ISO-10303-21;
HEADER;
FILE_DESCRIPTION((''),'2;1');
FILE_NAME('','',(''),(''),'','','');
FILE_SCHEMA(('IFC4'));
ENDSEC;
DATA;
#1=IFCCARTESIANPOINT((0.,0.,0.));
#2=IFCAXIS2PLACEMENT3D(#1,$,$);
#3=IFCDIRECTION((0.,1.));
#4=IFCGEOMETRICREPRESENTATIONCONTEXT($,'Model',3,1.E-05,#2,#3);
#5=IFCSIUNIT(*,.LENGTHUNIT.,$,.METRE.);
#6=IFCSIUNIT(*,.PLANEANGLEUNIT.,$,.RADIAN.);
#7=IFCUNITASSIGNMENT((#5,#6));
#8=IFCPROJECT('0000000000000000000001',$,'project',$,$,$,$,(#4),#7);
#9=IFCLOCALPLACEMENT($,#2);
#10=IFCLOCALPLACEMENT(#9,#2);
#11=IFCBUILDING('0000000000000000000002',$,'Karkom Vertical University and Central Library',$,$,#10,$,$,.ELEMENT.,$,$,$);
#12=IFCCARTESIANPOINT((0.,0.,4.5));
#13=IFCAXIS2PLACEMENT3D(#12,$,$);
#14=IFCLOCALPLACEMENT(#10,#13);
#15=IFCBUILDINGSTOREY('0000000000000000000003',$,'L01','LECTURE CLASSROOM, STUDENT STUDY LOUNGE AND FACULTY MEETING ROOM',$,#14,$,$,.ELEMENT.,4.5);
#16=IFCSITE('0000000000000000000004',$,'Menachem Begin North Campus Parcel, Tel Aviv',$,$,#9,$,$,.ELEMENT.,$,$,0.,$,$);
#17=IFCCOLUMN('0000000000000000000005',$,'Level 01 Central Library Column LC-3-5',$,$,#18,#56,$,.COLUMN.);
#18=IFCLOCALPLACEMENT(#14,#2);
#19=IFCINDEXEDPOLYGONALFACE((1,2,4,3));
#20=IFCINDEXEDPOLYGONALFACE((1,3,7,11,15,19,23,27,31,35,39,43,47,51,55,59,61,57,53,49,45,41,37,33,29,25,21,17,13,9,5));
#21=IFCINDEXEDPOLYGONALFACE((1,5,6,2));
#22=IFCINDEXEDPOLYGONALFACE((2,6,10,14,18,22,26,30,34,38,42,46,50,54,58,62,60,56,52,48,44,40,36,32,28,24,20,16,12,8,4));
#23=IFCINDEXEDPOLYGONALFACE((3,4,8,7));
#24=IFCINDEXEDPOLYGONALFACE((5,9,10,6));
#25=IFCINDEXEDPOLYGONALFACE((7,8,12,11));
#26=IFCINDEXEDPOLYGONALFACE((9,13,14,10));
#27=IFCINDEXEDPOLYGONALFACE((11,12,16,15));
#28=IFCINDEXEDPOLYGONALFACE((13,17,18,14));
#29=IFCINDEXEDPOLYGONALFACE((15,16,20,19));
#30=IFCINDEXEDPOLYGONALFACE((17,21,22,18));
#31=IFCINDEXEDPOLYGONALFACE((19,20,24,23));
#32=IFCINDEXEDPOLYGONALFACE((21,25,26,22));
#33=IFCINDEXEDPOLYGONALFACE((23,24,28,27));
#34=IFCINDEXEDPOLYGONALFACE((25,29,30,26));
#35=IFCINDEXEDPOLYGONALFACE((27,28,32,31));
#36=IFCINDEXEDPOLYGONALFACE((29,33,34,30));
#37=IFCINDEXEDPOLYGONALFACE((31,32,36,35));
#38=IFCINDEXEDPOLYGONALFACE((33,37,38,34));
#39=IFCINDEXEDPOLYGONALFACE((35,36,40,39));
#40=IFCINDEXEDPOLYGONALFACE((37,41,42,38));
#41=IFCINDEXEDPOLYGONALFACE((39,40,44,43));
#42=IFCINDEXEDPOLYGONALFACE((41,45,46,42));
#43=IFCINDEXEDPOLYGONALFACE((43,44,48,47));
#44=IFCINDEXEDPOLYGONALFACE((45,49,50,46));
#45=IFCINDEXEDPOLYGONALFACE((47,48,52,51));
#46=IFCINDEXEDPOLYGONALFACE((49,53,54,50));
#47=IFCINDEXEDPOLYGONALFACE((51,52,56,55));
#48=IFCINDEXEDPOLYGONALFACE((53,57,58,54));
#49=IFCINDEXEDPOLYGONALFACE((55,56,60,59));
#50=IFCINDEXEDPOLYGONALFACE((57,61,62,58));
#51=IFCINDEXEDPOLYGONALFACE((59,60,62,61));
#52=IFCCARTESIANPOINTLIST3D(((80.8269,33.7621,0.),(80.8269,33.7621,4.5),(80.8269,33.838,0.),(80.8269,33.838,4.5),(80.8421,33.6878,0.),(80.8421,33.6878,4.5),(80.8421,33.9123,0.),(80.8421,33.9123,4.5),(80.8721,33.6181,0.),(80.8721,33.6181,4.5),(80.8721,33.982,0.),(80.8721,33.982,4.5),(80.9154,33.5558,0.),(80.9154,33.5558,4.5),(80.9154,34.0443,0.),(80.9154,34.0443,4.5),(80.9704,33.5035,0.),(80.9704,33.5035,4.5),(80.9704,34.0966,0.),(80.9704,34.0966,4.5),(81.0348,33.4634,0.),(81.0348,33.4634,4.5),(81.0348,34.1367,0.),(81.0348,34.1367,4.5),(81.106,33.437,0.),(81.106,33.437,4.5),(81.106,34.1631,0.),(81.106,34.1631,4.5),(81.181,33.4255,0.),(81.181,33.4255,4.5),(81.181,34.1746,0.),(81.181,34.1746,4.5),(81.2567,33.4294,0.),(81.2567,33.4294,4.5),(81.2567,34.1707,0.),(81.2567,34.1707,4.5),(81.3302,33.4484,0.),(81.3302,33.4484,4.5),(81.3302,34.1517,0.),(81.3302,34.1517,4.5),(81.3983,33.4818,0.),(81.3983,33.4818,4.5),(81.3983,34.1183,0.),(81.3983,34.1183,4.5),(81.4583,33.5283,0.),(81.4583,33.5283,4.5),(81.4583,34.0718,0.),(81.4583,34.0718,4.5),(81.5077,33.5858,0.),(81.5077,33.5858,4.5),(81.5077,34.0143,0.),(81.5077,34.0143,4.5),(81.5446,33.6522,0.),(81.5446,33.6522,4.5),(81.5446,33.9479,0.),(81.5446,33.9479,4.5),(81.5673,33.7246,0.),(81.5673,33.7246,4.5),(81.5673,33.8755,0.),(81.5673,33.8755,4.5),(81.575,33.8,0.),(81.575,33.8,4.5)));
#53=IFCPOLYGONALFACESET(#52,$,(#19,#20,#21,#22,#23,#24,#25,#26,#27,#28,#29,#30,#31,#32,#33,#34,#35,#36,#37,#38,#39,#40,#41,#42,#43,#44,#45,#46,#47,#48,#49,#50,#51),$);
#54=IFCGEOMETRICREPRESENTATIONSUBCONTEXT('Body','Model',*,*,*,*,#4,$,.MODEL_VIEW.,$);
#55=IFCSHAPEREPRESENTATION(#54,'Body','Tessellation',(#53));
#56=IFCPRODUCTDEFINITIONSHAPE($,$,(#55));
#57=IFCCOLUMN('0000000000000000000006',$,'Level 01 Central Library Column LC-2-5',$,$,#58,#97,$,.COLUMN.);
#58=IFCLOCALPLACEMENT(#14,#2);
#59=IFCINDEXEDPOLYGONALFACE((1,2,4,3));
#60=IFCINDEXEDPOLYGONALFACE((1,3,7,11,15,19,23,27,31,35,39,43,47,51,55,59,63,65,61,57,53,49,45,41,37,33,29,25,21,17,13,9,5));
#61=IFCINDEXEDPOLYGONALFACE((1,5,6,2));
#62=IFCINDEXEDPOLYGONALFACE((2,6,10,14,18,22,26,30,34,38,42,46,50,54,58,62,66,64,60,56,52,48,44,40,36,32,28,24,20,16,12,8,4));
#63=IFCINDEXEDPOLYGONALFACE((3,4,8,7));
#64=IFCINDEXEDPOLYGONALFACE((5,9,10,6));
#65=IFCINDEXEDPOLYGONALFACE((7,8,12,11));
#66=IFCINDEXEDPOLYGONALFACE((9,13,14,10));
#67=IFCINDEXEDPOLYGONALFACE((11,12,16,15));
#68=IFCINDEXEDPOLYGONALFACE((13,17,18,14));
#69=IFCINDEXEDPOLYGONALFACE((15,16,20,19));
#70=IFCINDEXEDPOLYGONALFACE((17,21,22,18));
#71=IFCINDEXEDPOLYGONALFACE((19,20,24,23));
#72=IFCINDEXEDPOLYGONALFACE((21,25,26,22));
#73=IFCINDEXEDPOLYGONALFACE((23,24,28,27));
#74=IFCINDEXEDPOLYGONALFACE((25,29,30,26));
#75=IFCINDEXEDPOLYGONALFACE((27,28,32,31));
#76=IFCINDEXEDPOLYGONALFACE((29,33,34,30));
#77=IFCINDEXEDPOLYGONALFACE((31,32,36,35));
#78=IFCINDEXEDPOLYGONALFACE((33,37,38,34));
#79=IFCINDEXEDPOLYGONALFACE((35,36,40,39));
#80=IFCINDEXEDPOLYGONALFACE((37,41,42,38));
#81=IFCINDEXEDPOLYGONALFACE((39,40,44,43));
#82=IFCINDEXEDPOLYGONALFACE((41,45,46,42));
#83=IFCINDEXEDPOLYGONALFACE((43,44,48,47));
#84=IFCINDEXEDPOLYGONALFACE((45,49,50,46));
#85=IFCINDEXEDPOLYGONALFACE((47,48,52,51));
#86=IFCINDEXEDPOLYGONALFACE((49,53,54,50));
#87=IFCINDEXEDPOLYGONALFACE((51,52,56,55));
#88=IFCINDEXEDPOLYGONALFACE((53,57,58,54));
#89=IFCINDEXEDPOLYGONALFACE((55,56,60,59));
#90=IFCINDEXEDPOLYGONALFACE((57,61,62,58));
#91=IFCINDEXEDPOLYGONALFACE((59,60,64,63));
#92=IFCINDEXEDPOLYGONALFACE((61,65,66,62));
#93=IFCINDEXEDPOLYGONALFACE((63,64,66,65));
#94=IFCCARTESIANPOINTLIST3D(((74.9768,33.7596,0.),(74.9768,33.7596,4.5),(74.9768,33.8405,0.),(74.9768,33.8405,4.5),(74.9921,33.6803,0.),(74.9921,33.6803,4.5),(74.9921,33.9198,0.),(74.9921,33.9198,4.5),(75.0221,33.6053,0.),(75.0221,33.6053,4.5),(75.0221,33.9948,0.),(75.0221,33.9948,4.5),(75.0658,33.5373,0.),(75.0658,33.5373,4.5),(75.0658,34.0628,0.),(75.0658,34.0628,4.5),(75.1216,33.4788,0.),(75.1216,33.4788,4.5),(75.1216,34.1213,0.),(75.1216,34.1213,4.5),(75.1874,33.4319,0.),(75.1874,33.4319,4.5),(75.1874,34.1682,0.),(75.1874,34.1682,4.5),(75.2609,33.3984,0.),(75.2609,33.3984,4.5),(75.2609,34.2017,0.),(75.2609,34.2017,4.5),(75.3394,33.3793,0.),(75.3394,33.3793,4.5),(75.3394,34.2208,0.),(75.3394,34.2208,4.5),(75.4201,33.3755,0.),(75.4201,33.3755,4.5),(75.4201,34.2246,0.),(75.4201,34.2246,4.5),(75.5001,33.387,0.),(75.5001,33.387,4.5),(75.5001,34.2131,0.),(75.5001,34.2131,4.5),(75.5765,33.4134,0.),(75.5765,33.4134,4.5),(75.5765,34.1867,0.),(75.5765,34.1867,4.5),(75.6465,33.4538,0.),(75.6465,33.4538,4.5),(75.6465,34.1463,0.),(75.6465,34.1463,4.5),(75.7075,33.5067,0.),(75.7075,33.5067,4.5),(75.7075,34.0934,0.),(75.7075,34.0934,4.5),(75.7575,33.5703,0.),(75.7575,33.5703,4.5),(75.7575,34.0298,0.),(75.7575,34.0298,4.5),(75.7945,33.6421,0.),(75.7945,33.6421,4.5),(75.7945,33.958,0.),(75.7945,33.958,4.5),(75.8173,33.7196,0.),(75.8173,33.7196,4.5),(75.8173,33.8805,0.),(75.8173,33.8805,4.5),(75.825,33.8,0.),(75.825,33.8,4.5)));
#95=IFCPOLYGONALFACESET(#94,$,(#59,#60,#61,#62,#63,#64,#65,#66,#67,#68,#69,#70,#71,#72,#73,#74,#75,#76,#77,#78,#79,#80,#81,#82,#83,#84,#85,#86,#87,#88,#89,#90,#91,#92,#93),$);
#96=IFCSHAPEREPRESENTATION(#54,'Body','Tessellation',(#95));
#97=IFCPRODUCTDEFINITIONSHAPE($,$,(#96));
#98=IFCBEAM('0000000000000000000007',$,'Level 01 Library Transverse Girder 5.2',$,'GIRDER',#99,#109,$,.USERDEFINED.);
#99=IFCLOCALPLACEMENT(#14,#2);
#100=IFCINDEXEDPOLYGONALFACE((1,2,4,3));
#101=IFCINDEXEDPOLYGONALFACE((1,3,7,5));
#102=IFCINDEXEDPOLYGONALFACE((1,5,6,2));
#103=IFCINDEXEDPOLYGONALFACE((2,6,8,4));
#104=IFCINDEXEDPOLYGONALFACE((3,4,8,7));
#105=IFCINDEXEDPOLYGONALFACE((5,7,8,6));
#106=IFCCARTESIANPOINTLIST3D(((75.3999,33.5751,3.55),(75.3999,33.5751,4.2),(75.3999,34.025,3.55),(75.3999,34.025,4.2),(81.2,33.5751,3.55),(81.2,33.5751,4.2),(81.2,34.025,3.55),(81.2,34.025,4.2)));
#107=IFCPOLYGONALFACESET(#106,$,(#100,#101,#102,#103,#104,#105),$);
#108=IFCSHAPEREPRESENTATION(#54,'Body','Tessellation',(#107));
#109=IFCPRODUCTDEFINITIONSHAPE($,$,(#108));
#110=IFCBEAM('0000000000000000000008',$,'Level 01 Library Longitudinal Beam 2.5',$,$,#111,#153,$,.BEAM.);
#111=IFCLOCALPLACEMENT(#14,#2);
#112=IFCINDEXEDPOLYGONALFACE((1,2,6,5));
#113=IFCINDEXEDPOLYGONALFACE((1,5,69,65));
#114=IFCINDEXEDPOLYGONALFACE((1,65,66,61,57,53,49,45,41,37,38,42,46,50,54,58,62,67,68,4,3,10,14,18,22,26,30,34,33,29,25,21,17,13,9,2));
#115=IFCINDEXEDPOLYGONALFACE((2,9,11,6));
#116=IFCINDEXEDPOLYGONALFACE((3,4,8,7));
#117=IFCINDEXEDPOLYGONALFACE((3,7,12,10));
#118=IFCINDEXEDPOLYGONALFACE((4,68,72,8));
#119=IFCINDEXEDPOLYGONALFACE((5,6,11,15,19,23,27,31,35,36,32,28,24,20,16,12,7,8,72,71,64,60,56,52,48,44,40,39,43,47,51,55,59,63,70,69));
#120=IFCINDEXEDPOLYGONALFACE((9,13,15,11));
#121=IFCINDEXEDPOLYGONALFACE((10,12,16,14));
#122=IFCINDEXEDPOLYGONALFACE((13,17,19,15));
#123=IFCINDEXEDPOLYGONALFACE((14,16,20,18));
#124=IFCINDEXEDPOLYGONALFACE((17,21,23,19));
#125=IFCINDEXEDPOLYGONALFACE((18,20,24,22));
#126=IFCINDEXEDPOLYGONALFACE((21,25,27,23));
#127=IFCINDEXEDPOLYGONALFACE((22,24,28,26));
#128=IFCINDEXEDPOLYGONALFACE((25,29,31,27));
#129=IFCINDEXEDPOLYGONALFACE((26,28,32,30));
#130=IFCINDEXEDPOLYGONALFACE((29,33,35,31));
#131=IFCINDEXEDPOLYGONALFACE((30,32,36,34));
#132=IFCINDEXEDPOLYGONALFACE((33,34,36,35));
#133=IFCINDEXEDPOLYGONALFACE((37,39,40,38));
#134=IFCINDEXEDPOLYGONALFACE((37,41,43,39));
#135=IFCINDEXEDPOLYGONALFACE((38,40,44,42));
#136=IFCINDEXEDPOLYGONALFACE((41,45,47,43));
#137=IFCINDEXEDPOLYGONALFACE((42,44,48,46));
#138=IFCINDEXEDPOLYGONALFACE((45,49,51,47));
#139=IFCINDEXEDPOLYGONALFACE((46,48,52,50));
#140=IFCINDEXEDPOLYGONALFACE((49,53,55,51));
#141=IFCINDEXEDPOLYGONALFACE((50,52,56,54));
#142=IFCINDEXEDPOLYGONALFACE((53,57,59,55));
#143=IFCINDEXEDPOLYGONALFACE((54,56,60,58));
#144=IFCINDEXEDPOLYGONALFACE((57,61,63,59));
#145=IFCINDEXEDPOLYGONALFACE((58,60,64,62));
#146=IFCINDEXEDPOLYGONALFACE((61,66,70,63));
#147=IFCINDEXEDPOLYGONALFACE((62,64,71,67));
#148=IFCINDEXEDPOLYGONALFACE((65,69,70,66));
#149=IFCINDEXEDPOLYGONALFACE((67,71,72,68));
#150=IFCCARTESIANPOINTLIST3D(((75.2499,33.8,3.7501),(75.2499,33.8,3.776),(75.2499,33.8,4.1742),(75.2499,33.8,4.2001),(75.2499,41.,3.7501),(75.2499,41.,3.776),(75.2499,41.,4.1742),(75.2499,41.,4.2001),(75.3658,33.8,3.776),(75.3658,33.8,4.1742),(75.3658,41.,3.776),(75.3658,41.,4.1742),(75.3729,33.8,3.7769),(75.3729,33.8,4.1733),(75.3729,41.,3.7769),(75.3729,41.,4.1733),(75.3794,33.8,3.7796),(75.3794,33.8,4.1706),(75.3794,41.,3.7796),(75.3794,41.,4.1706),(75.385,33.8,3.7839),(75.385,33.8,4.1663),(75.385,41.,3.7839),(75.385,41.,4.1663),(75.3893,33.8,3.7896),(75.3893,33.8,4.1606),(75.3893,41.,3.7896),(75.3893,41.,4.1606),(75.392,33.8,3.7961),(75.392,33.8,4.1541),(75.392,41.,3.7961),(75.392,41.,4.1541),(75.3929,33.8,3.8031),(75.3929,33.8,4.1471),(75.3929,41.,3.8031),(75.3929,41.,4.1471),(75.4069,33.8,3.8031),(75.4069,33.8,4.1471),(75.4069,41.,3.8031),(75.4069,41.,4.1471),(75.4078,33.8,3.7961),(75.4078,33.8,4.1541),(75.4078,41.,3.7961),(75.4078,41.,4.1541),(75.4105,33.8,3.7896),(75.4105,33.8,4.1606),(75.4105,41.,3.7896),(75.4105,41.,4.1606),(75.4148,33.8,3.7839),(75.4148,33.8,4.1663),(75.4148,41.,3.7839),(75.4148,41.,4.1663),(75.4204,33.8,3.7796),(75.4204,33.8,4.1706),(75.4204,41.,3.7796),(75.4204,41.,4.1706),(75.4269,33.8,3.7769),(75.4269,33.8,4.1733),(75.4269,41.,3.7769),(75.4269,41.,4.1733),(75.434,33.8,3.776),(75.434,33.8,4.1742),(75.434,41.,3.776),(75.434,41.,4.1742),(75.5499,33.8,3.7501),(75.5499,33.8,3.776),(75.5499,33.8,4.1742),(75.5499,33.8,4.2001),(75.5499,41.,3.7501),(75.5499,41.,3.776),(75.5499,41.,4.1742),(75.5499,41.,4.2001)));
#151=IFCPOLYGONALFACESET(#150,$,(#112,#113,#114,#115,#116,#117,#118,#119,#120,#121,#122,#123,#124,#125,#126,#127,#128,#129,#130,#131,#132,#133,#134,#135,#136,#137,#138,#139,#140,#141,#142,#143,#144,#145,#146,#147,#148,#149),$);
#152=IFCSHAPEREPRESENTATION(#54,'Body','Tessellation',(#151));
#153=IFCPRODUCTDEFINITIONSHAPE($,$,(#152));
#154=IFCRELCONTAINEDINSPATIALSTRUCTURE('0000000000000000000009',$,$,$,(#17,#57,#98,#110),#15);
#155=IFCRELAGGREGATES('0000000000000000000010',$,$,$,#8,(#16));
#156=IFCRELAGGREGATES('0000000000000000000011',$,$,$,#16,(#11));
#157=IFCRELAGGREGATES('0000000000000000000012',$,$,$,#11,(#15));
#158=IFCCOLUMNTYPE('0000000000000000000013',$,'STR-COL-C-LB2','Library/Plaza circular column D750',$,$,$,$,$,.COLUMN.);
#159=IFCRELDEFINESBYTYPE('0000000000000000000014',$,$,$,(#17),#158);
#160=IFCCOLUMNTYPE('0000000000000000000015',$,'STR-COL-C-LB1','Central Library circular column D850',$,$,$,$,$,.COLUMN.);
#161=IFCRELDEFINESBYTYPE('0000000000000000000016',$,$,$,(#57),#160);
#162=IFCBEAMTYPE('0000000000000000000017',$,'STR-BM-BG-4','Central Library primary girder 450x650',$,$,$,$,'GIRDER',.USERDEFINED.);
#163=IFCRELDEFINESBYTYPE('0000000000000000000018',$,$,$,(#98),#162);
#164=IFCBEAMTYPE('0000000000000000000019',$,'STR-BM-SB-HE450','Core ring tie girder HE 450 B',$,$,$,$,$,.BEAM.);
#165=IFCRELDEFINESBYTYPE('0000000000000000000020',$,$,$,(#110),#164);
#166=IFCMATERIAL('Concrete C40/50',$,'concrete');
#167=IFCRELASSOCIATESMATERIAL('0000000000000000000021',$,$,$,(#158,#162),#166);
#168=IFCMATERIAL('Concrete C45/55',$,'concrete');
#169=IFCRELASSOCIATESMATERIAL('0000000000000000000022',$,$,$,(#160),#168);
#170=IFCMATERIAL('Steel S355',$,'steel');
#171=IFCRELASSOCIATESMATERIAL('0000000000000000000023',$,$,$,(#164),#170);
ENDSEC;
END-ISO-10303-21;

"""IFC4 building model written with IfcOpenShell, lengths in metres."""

from ifc_helpers import new_model, si_unit, direction, frame, origin, origin_with_axes, origin_2d, place, context, subcontext, project, spatial, rectangle, circle, i_section, extrude, source, transform, mapped, material, material_profile, profile_set, type_object, element, save


model = new_model("IFC4")

# Units and contexts
model_context = context("Model", 3, precision=1e-05, world=origin(), true_north=direction((0.0, 1.0)))
body_context = subcontext(model_context, "Body", "Model", "MODEL_VIEW")
ifc_project = project(units=[si_unit("LENGTHUNIT", "METRE"), si_unit("PLANEANGLEUNIT", "RADIAN")], contexts=[model_context])

# Site, building, storey
site_placement = place(None, origin())
site = spatial("IfcSite", under=ifc_project, at=site_placement, Name="Menachem Begin North Campus Parcel, Tel Aviv", CompositionType="ELEMENT", RefElevation=0.0)
building_placement = place(site_placement, origin())
building = spatial("IfcBuilding", under=site, at=building_placement, Name="Karkom Vertical University and Central Library", CompositionType="ELEMENT")
storey_placement = place(building_placement, frame((0.0, 0.0, 4.5)))
storey = spatial("IfcBuildingStorey", under=building, at=storey_placement, Name="L01", Description="LECTURE CLASSROOM, STUDENT STUDY LOUNGE AND FACULTY MEETING ROOM", CompositionType="ELEMENT", Elevation=4.5)

# Columns
ifc_material_1 = material(Name="Concrete C40/50", Category="concrete")
ifc_material_profile_1 = material_profile(ifc_material_1, circle(Radius=0.375, at=origin_2d()), Name="RC-D750")
ifc_profile_set_1 = profile_set([ifc_material_profile_1], Name="Concrete C40/50")
column_type_1 = type_object("IfcColumnType", Name="STR-COL-C-LB2", Description="Library/Plaza circular column D750", PredefinedType="COLUMN", material=ifc_profile_set_1)
shared_shape_1 = source(origin_with_axes(), body_context, "Body", "SweptSolid", [
    extrude(circle(Radius=0.375, at=origin_2d()), origin(), (0.0, 0.0, 1.0), 4.5),
])
column_1_placement = place(storey_placement, frame((81.2, 33.8, 0.0), z_axis=(0.0, 0.0, 1.0), x_axis=(1.0, 0.0, 0.0)))
element("IfcColumn", 1, at=column_1_placement, inside=storey, type_object=column_type_1, Name="Level 01 Central Library Column LC-3-5", PredefinedType="COLUMN", context=body_context, shape_type="MappedRepresentation", body=[
    mapped(shared_shape_1, transform((0.0, 0.0, 0.0), scale=1.0)),
])
ifc_material_2 = material(Name="Concrete C45/55", Category="concrete")
ifc_material_profile_2 = material_profile(ifc_material_2, circle(Radius=0.425, at=origin_2d()), Name="RC-D850")
ifc_profile_set_2 = profile_set([ifc_material_profile_2], Name="Concrete C45/55")
column_type_2 = type_object("IfcColumnType", Name="STR-COL-C-LB1", Description="Central Library circular column D850", PredefinedType="COLUMN", material=ifc_profile_set_2)
shared_shape_2 = source(origin_with_axes(), body_context, "Body", "SweptSolid", [
    extrude(circle(Radius=0.425, at=origin_2d()), origin(), (0.0, 0.0, 1.0), 4.5),
])
column_2_placement = place(storey_placement, frame((75.3999, 33.8, 0.0), z_axis=(0.0, 0.0, 1.0), x_axis=(1.0, 0.0, 0.0)))
element("IfcColumn", 2, at=column_2_placement, inside=storey, type_object=column_type_2, Name="Level 01 Central Library Column LC-2-5", PredefinedType="COLUMN", context=body_context, shape_type="MappedRepresentation", body=[
    mapped(shared_shape_2, transform((0.0, 0.0, 0.0), scale=1.0)),
])

# Beams
ifc_material_profile_3 = material_profile(ifc_material_1, rectangle(XDim=0.45, YDim=0.6499, at=origin_2d()), Name="RCB-450x650")
ifc_profile_set_3 = profile_set([ifc_material_profile_3], Name="Concrete C40/50")
beam_type_1 = type_object("IfcBeamType", Name="STR-BM-BG-4", Description="Central Library primary girder 450x650", ElementType="GIRDER", PredefinedType="USERDEFINED", material=ifc_profile_set_3)
shared_shape_3 = source(origin_with_axes(), body_context, "Body", "SweptSolid", [
    extrude(rectangle(XDim=0.45, YDim=0.6499, at=origin_2d()), origin(), (0.0, 0.0, 1.0), 5.8),
])
beam_placement = place(storey_placement, frame((75.3999, 33.8, 3.875), z_axis=(1.0, 0.0, 0.0), x_axis=(0.0, 1.0, 0.0)))
element("IfcBeam", 3, at=beam_placement, inside=storey, type_object=beam_type_1, Name="Level 01 Library Transverse Girder 5.2", ObjectType="GIRDER", PredefinedType="USERDEFINED", context=body_context, shape_type="MappedRepresentation", body=[
    mapped(shared_shape_3, transform((0.0, 0.0, 0.0), scale=1.0)),
])
ifc_material_3 = material(Name="Steel S355", Category="steel")
ifc_material_profile_4 = material_profile(ifc_material_3, i_section(OverallWidth=0.3, OverallDepth=0.45, WebThickness=0.0139, FlangeThickness=0.0259, FilletRadius=0.0271, at=origin_2d()), Name="HE 450 B")
ifc_profile_set_4 = profile_set([ifc_material_profile_4], Name="Steel S355")
beam_type_2 = type_object("IfcBeamType", Name="STR-BM-SB-HE450", Description="Core ring tie girder HE 450 B", PredefinedType="BEAM", material=ifc_profile_set_4)
shared_shape_4 = source(origin_with_axes(), body_context, "Body", "SweptSolid", [
    extrude(i_section(OverallWidth=0.3, OverallDepth=0.45, WebThickness=0.0139, FlangeThickness=0.0259, FilletRadius=0.0271, at=origin_2d()), origin(), (0.0, 0.0, 1.0), 7.2),
])
for number, where, z_axis, x_axis, name in (
    (4, (75.3999, 33.8, 3.9751), (0.0, 1.0, 0.0), (-1.0, 0.0, 0.0), "Level 01 Library Longitudinal Beam 2.5"),
):
    element("IfcBeam", number, at=place(storey_placement, frame(where, z_axis=z_axis, x_axis=x_axis)), inside=storey, type_object=beam_type_2, Name=name, PredefinedType="BEAM", context=body_context, shape_type="MappedRepresentation", body=[
        mapped(shared_shape_4, transform((0.0, 0.0, 0.0), scale=1.0)),
    ])

save(model, "model.ifc")
